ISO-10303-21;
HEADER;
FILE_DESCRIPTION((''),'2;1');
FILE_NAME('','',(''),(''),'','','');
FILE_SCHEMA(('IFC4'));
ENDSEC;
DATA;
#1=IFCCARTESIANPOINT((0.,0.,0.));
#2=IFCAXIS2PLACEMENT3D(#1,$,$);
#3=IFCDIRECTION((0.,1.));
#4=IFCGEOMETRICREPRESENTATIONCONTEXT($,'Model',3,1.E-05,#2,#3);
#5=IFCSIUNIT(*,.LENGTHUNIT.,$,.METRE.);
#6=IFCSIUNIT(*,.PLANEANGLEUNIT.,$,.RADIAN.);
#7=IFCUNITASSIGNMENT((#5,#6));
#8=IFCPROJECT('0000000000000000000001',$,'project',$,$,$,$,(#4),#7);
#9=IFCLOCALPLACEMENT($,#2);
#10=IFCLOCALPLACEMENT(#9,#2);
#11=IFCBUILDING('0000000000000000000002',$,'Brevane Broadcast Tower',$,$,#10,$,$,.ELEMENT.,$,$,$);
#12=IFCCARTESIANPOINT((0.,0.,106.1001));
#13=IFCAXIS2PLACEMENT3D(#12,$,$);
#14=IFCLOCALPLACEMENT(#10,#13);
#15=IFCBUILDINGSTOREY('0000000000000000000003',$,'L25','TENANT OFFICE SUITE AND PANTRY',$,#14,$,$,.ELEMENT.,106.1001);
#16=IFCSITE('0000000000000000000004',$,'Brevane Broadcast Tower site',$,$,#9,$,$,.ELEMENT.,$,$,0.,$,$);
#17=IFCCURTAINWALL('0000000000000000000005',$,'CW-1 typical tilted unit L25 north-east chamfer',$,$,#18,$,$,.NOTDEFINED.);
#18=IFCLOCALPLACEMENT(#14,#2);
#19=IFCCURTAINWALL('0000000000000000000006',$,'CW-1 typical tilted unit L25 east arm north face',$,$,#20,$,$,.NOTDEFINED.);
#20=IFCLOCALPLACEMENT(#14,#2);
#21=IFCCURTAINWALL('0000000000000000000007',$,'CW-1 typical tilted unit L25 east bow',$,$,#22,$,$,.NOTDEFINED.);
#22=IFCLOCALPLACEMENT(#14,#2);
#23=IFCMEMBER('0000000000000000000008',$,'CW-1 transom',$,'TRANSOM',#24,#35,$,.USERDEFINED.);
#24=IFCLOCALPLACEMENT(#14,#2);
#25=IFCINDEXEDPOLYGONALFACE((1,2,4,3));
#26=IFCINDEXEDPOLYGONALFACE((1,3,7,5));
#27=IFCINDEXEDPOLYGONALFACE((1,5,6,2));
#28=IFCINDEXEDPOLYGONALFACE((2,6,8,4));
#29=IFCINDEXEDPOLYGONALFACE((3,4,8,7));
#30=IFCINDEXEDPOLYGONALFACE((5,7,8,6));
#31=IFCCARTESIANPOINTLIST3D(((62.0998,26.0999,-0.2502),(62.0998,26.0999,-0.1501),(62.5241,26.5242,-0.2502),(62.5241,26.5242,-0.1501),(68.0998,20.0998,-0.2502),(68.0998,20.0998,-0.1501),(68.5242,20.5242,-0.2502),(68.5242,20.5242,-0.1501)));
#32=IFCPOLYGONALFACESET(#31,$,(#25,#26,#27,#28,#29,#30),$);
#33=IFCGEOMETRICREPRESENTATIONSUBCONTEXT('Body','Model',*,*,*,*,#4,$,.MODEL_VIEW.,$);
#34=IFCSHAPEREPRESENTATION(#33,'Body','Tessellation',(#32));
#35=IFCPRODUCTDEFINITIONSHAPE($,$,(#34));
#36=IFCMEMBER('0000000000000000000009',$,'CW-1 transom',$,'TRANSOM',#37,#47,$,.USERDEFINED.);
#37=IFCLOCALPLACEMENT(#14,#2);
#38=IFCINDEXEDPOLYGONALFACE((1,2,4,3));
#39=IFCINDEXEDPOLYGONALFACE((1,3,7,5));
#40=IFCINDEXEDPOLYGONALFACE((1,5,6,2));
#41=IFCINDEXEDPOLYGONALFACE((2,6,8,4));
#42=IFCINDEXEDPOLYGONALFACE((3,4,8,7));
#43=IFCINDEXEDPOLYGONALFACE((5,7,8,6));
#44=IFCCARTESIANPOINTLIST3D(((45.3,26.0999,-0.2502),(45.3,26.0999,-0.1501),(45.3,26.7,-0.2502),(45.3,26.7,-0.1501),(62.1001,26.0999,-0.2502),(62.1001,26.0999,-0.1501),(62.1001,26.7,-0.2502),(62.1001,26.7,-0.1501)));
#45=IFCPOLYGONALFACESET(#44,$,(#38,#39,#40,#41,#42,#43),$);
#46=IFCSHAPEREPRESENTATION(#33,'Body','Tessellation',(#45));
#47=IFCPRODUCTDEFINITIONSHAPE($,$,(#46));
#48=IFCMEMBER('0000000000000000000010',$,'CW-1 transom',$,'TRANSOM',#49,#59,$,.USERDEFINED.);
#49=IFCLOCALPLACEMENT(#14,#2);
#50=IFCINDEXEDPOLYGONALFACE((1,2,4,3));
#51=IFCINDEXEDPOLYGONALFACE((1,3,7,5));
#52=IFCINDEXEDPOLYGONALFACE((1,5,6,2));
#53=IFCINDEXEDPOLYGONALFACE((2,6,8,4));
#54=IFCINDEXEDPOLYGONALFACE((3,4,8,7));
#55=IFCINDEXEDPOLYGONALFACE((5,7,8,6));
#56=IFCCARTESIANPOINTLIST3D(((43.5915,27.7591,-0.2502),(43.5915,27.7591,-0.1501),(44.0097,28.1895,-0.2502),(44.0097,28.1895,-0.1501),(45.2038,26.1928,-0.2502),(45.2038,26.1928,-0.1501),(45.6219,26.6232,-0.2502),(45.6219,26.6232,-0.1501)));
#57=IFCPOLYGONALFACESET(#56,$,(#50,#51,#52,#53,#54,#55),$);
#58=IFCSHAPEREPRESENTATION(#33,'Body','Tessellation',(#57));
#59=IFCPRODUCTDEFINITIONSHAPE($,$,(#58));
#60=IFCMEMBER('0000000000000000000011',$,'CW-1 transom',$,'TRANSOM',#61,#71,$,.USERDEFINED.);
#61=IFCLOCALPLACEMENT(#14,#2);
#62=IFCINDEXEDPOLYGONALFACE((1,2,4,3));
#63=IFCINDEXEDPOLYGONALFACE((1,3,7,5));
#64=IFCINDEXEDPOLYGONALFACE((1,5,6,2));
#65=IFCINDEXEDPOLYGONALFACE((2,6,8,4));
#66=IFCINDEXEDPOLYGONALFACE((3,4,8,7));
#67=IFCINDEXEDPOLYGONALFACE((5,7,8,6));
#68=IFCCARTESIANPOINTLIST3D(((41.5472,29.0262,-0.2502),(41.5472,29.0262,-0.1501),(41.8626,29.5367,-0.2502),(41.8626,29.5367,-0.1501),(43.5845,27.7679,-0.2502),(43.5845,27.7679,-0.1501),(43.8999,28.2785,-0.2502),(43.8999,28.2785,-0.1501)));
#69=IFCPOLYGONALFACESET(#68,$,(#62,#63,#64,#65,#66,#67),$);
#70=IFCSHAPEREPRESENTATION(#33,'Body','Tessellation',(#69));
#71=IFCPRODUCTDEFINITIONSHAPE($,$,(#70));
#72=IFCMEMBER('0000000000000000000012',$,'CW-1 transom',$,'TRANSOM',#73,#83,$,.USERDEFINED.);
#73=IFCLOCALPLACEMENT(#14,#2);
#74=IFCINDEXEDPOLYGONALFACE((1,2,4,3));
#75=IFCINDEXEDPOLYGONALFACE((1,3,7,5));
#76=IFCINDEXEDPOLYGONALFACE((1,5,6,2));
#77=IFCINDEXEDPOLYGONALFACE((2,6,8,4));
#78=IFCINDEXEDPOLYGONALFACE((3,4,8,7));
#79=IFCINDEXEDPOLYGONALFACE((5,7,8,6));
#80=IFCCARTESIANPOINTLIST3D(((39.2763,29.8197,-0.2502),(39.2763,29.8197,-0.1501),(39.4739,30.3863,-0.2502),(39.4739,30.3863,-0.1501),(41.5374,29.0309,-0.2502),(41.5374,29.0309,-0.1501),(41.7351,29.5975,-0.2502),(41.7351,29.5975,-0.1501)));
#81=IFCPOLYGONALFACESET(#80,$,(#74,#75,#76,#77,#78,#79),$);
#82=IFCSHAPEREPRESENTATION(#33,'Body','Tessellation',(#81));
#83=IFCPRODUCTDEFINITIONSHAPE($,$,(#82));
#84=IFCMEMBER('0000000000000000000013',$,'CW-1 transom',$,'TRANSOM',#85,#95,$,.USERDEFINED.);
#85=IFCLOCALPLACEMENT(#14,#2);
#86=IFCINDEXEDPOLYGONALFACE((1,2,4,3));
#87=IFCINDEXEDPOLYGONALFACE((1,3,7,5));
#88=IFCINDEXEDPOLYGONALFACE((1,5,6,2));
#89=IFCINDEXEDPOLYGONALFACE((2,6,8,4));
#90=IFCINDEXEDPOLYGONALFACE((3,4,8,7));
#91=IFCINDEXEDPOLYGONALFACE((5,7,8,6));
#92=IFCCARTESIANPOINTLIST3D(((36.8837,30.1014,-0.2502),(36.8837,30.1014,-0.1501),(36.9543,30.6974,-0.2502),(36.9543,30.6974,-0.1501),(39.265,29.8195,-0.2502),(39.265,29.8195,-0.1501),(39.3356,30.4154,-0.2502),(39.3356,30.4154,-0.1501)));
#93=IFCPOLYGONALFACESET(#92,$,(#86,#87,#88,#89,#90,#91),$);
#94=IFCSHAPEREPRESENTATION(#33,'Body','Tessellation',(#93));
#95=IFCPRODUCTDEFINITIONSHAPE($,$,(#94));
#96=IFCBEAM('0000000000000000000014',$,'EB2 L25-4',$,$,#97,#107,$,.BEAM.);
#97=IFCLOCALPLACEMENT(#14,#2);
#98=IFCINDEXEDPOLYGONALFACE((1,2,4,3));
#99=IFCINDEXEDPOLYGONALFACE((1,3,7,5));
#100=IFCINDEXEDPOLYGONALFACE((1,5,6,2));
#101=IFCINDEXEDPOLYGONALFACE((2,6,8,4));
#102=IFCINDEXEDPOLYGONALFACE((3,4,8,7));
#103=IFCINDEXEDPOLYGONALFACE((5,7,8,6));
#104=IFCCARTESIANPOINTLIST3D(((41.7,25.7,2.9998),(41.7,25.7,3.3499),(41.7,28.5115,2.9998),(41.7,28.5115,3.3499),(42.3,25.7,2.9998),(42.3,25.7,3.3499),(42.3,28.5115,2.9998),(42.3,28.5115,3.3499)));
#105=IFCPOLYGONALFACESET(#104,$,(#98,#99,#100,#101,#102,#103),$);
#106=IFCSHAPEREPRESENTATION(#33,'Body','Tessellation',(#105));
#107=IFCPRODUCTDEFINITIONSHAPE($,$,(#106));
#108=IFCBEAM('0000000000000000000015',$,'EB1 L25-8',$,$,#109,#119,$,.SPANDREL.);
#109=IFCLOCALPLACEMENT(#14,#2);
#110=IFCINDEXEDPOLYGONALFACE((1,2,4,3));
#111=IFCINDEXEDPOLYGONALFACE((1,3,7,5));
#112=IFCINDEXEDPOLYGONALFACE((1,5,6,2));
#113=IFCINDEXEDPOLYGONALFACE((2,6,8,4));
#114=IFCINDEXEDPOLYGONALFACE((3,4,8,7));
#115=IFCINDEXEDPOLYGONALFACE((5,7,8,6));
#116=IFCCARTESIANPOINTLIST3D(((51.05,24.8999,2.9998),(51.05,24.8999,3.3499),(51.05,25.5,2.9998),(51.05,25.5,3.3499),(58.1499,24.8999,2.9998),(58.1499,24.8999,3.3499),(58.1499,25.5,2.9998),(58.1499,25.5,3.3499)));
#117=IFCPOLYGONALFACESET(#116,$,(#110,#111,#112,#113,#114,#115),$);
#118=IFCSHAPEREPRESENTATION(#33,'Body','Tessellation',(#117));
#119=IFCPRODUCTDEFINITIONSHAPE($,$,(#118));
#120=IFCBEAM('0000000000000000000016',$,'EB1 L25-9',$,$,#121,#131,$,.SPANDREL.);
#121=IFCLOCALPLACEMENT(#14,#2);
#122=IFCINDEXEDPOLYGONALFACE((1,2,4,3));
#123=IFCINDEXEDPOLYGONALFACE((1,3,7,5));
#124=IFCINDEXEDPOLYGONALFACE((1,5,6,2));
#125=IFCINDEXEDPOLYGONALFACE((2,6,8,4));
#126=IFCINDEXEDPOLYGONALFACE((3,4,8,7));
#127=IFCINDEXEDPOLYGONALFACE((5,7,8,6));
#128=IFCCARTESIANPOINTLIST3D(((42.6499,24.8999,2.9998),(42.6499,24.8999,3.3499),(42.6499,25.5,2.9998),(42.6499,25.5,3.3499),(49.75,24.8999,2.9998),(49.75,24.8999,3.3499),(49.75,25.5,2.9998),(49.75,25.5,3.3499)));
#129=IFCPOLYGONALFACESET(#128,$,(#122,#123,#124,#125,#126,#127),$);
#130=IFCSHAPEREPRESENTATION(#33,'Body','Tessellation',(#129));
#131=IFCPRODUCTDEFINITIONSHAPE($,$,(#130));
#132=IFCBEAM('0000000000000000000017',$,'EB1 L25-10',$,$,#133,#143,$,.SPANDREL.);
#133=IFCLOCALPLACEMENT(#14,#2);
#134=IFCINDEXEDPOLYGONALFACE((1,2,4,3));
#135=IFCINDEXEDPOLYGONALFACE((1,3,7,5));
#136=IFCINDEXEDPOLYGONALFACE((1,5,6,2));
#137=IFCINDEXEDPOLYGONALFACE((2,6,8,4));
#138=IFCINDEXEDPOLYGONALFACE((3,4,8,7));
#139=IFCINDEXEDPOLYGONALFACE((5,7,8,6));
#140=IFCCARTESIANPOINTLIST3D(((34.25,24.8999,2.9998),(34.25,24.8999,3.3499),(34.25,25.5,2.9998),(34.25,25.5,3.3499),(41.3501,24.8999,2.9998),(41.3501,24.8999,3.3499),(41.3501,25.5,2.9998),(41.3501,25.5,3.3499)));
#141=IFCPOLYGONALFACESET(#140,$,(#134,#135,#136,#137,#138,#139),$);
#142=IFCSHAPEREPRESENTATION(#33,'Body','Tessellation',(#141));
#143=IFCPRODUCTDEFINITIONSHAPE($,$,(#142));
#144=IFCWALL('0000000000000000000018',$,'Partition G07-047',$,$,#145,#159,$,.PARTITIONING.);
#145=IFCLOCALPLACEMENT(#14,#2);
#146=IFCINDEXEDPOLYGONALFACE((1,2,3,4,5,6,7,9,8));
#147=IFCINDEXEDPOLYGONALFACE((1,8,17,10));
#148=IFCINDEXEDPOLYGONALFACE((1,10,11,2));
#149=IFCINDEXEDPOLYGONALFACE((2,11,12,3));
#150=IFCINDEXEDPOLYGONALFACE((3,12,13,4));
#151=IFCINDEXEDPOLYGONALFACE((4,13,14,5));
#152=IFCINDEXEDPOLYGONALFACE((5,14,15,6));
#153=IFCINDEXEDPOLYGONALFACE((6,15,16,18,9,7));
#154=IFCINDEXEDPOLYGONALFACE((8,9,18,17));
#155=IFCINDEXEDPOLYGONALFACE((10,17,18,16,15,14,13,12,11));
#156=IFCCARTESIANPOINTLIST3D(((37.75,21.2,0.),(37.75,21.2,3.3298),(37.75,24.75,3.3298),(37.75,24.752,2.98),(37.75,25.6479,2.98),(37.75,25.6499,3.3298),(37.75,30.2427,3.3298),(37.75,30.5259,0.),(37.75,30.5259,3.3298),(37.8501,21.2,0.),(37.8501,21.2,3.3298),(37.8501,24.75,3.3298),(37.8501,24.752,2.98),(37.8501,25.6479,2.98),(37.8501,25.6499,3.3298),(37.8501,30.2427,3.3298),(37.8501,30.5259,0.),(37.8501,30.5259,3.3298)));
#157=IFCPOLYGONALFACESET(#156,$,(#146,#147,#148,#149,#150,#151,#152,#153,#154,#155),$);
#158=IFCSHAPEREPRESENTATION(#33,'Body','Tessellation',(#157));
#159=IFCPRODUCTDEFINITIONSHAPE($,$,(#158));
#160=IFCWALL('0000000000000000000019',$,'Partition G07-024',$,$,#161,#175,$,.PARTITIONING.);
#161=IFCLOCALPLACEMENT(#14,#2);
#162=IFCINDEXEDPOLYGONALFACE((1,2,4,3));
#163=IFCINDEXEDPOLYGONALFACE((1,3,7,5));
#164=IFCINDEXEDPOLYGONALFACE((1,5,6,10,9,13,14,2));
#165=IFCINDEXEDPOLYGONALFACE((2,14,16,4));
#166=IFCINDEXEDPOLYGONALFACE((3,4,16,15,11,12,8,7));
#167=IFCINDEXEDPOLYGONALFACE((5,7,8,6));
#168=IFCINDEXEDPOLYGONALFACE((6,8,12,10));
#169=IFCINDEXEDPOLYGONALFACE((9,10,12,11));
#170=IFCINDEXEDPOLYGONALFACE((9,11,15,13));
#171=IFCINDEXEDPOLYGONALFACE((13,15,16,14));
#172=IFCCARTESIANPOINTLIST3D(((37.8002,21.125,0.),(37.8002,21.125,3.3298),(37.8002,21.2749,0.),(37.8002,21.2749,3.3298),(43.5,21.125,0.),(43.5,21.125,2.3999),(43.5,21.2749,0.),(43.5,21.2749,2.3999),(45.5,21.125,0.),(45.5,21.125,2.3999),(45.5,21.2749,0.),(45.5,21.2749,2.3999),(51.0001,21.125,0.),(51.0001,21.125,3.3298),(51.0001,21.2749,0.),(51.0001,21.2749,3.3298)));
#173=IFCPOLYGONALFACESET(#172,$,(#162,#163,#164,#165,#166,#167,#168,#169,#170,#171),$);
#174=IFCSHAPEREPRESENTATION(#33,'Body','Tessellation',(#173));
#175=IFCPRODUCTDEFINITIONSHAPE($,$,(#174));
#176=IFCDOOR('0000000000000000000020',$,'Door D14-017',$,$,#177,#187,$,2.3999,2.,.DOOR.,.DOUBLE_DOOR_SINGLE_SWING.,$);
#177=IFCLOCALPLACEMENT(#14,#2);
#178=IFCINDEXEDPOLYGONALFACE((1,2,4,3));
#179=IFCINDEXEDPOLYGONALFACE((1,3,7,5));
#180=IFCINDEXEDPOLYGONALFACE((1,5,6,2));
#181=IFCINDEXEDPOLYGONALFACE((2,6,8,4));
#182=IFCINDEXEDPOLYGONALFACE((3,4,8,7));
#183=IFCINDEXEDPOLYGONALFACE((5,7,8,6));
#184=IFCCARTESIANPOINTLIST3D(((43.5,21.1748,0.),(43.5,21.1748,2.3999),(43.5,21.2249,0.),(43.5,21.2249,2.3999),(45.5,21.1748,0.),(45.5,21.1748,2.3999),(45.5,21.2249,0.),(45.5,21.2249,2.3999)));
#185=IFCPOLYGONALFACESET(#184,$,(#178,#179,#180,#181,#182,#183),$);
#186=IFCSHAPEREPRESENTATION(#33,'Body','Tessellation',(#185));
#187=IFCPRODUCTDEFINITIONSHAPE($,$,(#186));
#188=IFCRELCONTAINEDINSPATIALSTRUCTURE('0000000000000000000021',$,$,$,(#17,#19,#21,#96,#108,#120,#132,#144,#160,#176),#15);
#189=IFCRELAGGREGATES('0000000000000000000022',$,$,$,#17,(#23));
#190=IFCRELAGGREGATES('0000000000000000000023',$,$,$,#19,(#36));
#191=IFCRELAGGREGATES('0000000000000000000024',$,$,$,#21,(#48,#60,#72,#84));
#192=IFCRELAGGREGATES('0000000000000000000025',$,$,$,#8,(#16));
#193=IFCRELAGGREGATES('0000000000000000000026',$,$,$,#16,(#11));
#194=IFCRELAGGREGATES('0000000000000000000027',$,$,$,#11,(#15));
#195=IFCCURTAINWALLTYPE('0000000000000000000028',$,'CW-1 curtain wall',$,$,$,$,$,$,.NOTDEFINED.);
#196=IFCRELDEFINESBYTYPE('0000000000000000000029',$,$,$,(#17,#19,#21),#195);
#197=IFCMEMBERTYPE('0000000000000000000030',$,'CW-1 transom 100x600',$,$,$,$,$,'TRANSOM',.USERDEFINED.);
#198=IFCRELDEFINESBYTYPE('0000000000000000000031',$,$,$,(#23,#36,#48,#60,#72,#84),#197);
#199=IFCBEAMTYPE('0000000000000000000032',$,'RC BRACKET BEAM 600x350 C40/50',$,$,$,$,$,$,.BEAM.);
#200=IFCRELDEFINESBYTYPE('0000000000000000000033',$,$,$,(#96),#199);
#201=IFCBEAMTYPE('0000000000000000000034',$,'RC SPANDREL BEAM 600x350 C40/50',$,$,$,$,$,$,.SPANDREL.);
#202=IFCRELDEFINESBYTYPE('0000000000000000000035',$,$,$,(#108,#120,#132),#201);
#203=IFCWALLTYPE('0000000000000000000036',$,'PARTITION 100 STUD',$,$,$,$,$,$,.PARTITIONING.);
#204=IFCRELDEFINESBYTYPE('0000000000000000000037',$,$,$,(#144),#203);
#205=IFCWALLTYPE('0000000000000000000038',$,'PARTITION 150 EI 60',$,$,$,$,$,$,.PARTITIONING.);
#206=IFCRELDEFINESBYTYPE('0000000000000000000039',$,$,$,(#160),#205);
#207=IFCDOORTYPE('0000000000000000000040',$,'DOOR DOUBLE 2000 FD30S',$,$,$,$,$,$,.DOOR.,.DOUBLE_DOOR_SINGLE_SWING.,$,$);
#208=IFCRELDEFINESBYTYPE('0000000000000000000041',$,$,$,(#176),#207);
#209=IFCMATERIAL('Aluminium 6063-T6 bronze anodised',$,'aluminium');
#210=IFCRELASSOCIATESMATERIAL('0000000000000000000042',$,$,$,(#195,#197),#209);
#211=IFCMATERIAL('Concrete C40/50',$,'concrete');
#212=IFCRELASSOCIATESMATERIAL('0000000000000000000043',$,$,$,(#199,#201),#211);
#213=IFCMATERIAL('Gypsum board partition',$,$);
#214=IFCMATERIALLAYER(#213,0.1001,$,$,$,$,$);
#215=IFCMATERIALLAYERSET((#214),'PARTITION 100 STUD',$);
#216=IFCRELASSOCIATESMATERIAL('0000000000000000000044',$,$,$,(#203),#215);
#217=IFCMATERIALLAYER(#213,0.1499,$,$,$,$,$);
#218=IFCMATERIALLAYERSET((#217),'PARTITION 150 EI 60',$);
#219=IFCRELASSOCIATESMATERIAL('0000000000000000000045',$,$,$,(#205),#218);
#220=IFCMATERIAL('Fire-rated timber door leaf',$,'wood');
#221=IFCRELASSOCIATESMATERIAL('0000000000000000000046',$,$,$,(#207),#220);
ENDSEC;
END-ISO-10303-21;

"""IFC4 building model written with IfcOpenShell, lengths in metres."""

from ifc_helpers import new_model, si_unit, direction, frame, frame_2d, origin, origin_2d, place, context, subcontext, project, spatial, polyline, rectangle, outline, extrude, material, layer, layer_set, material_profile, profile_set, type_object, element, fill, aggregate, save


model = new_model("IFC4")

# Units and contexts
model_context = context("Model", 3, precision=1e-05, world=origin(), true_north=direction((0.0, 1.0)))
body_context = subcontext(model_context, "Body", "Model", "MODEL_VIEW")
ifc_project = project(units=[si_unit("LENGTHUNIT", "METRE"), si_unit("PLANEANGLEUNIT", "RADIAN")], contexts=[model_context])

# Site, building, storey
site_placement = place(None, origin())
site = spatial("IfcSite", under=ifc_project, at=site_placement, Name="Brevane Broadcast Tower site", CompositionType="ELEMENT", RefElevation=0.0)
building_placement = place(site_placement, origin())
building = spatial("IfcBuilding", under=site, at=building_placement, Name="Brevane Broadcast Tower", CompositionType="ELEMENT")
storey_placement = place(building_placement, frame((0.0, 0.0, 106.1001)))
storey = spatial("IfcBuildingStorey", under=building, at=storey_placement, Name="L25", Description="TENANT OFFICE SUITE AND PANTRY", CompositionType="ELEMENT", Elevation=106.1001)

# Curtain walls
ifc_material_1 = material(Name="Aluminium 6063-T6 bronze anodised", Category="aluminium")
curtain_wall_type = type_object("IfcCurtainWallType", Name="CW-1 curtain wall", PredefinedType="NOTDEFINED", material=ifc_material_1)
curtain_wall_1_placement = place(storey_placement, origin())
curtain_wall_1 = element("IfcCurtainWall", 1, at=curtain_wall_1_placement, inside=storey, type_object=curtain_wall_type, Name="CW-1 typical tilted unit L25 north-east chamfer", PredefinedType="NOTDEFINED")
curtain_wall_2_placement = place(storey_placement, origin())
curtain_wall_2 = element("IfcCurtainWall", 2, at=curtain_wall_2_placement, inside=storey, type_object=curtain_wall_type, Name="CW-1 typical tilted unit L25 east arm north face", PredefinedType="NOTDEFINED")
curtain_wall_3_placement = place(storey_placement, origin())
curtain_wall_3 = element("IfcCurtainWall", 3, at=curtain_wall_3_placement, inside=storey, type_object=curtain_wall_type, Name="CW-1 typical tilted unit L25 east bow", PredefinedType="NOTDEFINED")

# Members
ifc_material_profile_1 = material_profile(ifc_material_1, rectangle(XDim=0.6001, YDim=0.1001, at=origin_2d()), Name="RECT 100x600")
ifc_profile_set_1 = profile_set([ifc_material_profile_1], Name="Aluminium 6063-T6 bronze anodised")
member_type_1 = type_object("IfcMemberType", Name="CW-1 transom 100x600", ElementType="TRANSOM", PredefinedType="USERDEFINED", material=ifc_profile_set_1)
member_1_placement = place(storey_placement, frame((68.312, 20.312, -0.2002), z_axis=(-0.707107, 0.707107, 0.0), x_axis=(-0.707107, -0.707107, 0.0)))
member_1 = element("IfcMember", 4, at=member_1_placement, type_object=member_type_1, Name="CW-1 transom", ObjectType="TRANSOM", PredefinedType="USERDEFINED", context=body_context, shape_type="SweptSolid", body=[
    extrude(rectangle(XDim=0.6001, YDim=0.1001, at=origin_2d()), origin(), (0.0, 0.0, 1.0), 8.4854),
])
aggregate(curtain_wall_1, [member_1])
member_2_placement = place(storey_placement, frame((62.1001, 26.3999, -0.2002), z_axis=(-1.0, 0.0, 0.0), x_axis=(0.0, -1.0, 0.0)))
member_2 = element("IfcMember", 5, at=member_2_placement, type_object=member_type_1, Name="CW-1 transom", ObjectType="TRANSOM", PredefinedType="USERDEFINED", context=body_context, shape_type="SweptSolid", body=[
    extrude(rectangle(XDim=0.6001, YDim=0.1001, at=origin_2d()), origin(), (0.0, 0.0, 1.0), 16.8),
])
aggregate(curtain_wall_2, [member_2])
member_3_placement = place(storey_placement, frame((45.4128, 26.408, -0.2002), z_axis=(-0.717242, 0.696824, 0.0), x_axis=(-0.696824, -0.717242, 0.0)))
member_3 = element("IfcMember", 6, at=member_3_placement, type_object=member_type_1, Name="CW-1 transom", ObjectType="TRANSOM", PredefinedType="USERDEFINED", context=body_context, shape_type="SweptSolid", body=[
    extrude(rectangle(XDim=0.6001, YDim=0.1001, at=origin_2d()), origin(), (0.0, 0.0, 1.0), 2.2478),
])
member_4_placement = place(storey_placement, frame((43.7422, 28.0232, -0.2002), z_axis=(-0.85081, 0.525473, 0.0), x_axis=(-0.525473, -0.85081, 0.0)))
member_4 = element("IfcMember", 7, at=member_4_placement, type_object=member_type_1, Name="CW-1 transom", ObjectType="TRANSOM", PredefinedType="USERDEFINED", context=body_context, shape_type="SweptSolid", body=[
    extrude(rectangle(XDim=0.6001, YDim=0.1001, at=origin_2d()), origin(), (0.0, 0.0, 1.0), 2.3945),
])
member_5_placement = place(storey_placement, frame((41.6362, 29.3142, -0.2002), z_axis=(-0.944198, 0.329378, 0.0), x_axis=(-0.329378, -0.944198, 0.0)))
member_5 = element("IfcMember", 8, at=member_5_placement, type_object=member_type_1, Name="CW-1 transom", ObjectType="TRANSOM", PredefinedType="USERDEFINED", context=body_context, shape_type="SweptSolid", body=[
    extrude(rectangle(XDim=0.6001, YDim=0.1001, at=origin_2d()), origin(), (0.0, 0.0, 1.0), 2.3948),
])
member_6_placement = place(storey_placement, frame((39.3003, 30.1174, -0.2002), z_axis=(-0.993062, 0.117591, 0.0), x_axis=(-0.117591, -0.993062, 0.0)))
member_6 = element("IfcMember", 9, at=member_6_placement, type_object=member_type_1, Name="CW-1 transom", ObjectType="TRANSOM", PredefinedType="USERDEFINED", context=body_context, shape_type="SweptSolid", body=[
    extrude(rectangle(XDim=0.6001, YDim=0.1001, at=origin_2d()), origin(), (0.0, 0.0, 1.0), 2.3979),
])
aggregate(curtain_wall_3, [member_3, member_4, member_5, member_6])

# Beams
ifc_material_2 = material(Name="Concrete C40/50", Category="concrete")
ifc_material_profile_2 = material_profile(ifc_material_2, rectangle(XDim=0.6001, YDim=0.3501, at=origin_2d()), Name="RC 600x350")
ifc_profile_set_2 = profile_set([ifc_material_profile_2], Name="Concrete C40/50")
beam_type_1 = type_object("IfcBeamType", Name="RC BRACKET BEAM 600x350 C40/50", PredefinedType="BEAM", material=ifc_profile_set_2)
beam_1_placement = place(storey_placement, frame((42.0, 25.7, 3.1748), z_axis=(0.0, 1.0, 0.0), x_axis=(-1.0, 0.0, 0.0)))
element("IfcBeam", 10, at=beam_1_placement, inside=storey, type_object=beam_type_1, Name="EB2 L25-4", PredefinedType="BEAM", context=body_context, shape_type="SweptSolid", body=[
    extrude(rectangle(XDim=0.6001, YDim=0.3501, at=origin_2d()), origin(), (0.0, 0.0, 1.0), 2.8115),
])
ifc_material_profile_3 = material_profile(ifc_material_2, rectangle(XDim=0.6001, YDim=0.3501, at=origin_2d()), Name="RC 600x350")
ifc_profile_set_3 = profile_set([ifc_material_profile_3], Name="Concrete C40/50")
beam_type_2 = type_object("IfcBeamType", Name="RC SPANDREL BEAM 600x350 C40/50", PredefinedType="SPANDREL", material=ifc_profile_set_3)
beam_2_placement = place(storey_placement, frame((58.1499, 25.2, 3.1748), z_axis=(-1.0, 0.0, 0.0), x_axis=(0.0, -1.0, 0.0)))
element("IfcBeam", 11, at=beam_2_placement, inside=storey, type_object=beam_type_2, Name="EB1 L25-8", PredefinedType="SPANDREL", context=body_context, shape_type="SweptSolid", body=[
    extrude(rectangle(XDim=0.6001, YDim=0.3501, at=origin_2d()), origin(), (0.0, 0.0, 1.0), 7.0999),
])
for number, where, z_axis, x_axis, name in (
    (12, (49.75, 25.2, 3.1748), (-1.0, 0.0, 0.0), (0.0, -1.0, 0.0), "EB1 L25-9"),
    (13, (41.3501, 25.2, 3.1748), (-1.0, 0.0, 0.0), (0.0, -1.0, 0.0), "EB1 L25-10"),
):
    element("IfcBeam", number, at=place(storey_placement, frame(where, z_axis=z_axis, x_axis=x_axis)), inside=storey, type_object=beam_type_2, Name=name, PredefinedType="SPANDREL", context=body_context, shape_type="SweptSolid", body=[
        extrude(rectangle(XDim=0.6001, YDim=0.3501, at=origin_2d()), origin(), (0.0, 0.0, 1.0), 7.1001),
    ])

# Wall
ifc_material_3 = material(Name="Gypsum board partition")
ifc_layer_1 = layer(ifc_material_3, 0.1001)
ifc_layer_set_1 = layer_set([ifc_layer_1], Name="PARTITION 100 STUD")
wall_type_1 = type_object("IfcWallType", Name="PARTITION 100 STUD", PredefinedType="PARTITIONING", material=ifc_layer_set_1)
wall_1_placement = place(storey_placement, frame((37.8, 30.5259, 0.0), z_axis=(0.0, 0.0, 1.0), x_axis=(0.0, -1.0, 0.0)))
element("IfcWall", 14, at=wall_1_placement, inside=storey, type_object=wall_type_1, Name="Partition G07-047", PredefinedType="PARTITIONING", context=body_context, shape_type="SweptSolid", body=[
    extrude(outline(polyline([(0.0, 0.0), (9.3259, 0.0), (9.3259, 3.3298), (5.7759, 3.3298), (5.7739, 2.98), (4.8779, 2.98), (4.876, 3.3298), (0.2832, 3.3298), (0.0, 3.3298), (0.0, 0.0)])), frame((0.0, 0.05, 0.0), z_axis=(0.0, -1.0, 0.0), x_axis=(1.0, 0.0, 0.0)), (0.0, 0.0, 1.0), 0.1001),
])

# Wall, opening, door
ifc_layer_2 = layer(ifc_material_3, 0.1499)
ifc_layer_set_2 = layer_set([ifc_layer_2], Name="PARTITION 150 EI 60")
wall_type_2 = type_object("IfcWallType", Name="PARTITION 150 EI 60", PredefinedType="PARTITIONING", material=ifc_layer_set_2)
ifc_material_4 = material(Name="Fire-rated timber door leaf", Category="wood")
door_type = type_object("IfcDoorType", Name="DOOR DOUBLE 2000 FD30S", OperationType="DOUBLE_DOOR_SINGLE_SWING", PredefinedType="DOOR", material=ifc_material_4)
wall_2_placement = place(storey_placement, frame((37.8, 21.2, 0.0), z_axis=(0.0, 0.0, 1.0), x_axis=(1.0, 0.0, 0.0)))
wall_2 = element("IfcWall", 15, at=wall_2_placement, inside=storey, type_object=wall_type_2, Name="Partition G07-024", PredefinedType="PARTITIONING", context=body_context, shape_type="SweptSolid", body=[
    extrude(rectangle(XDim=13.2, YDim=0.1499, at=frame_2d((6.6001, 0.0))), origin(), (0.0, 0.0, 1.0), 3.3298),
])
opening_1_placement = place(wall_2_placement, frame((5.7, 0.0, 0.0)))
opening_1 = element("IfcOpeningElement", 16, at=opening_1_placement, cuts=wall_2, PredefinedType="OPENING", context=body_context, shape_type="SweptSolid", body=[
    extrude(rectangle(XDim=2.0, YDim=2.3999, at=frame_2d((1.0, 1.2))), frame((0.0, 0.085, 0.0), z_axis=(0.0, -1.0, 0.0), x_axis=(1.0, 0.0, 0.0)), (0.0, 0.0, 1.0), 0.1699),
])
door_1_placement = place(opening_1_placement, origin())
door_1 = element("IfcDoor", 17, at=door_1_placement, inside=storey, type_object=door_type, Name="Door D14-017", OperationType="DOUBLE_DOOR_SINGLE_SWING", OverallHeight=2.3999, OverallWidth=2.0, PredefinedType="DOOR", context=body_context, shape_type="SweptSolid", body=[
    extrude(rectangle(XDim=2.0, YDim=2.3999, at=frame_2d((1.0, 1.2))), frame((0.0, 0.0249, 0.0), z_axis=(0.0, -1.0, 0.0), x_axis=(1.0, 0.0, 0.0)), (0.0, 0.0, 1.0), 0.05),
])
fill(opening_1, door_1)

save(model, "model.ifc")
